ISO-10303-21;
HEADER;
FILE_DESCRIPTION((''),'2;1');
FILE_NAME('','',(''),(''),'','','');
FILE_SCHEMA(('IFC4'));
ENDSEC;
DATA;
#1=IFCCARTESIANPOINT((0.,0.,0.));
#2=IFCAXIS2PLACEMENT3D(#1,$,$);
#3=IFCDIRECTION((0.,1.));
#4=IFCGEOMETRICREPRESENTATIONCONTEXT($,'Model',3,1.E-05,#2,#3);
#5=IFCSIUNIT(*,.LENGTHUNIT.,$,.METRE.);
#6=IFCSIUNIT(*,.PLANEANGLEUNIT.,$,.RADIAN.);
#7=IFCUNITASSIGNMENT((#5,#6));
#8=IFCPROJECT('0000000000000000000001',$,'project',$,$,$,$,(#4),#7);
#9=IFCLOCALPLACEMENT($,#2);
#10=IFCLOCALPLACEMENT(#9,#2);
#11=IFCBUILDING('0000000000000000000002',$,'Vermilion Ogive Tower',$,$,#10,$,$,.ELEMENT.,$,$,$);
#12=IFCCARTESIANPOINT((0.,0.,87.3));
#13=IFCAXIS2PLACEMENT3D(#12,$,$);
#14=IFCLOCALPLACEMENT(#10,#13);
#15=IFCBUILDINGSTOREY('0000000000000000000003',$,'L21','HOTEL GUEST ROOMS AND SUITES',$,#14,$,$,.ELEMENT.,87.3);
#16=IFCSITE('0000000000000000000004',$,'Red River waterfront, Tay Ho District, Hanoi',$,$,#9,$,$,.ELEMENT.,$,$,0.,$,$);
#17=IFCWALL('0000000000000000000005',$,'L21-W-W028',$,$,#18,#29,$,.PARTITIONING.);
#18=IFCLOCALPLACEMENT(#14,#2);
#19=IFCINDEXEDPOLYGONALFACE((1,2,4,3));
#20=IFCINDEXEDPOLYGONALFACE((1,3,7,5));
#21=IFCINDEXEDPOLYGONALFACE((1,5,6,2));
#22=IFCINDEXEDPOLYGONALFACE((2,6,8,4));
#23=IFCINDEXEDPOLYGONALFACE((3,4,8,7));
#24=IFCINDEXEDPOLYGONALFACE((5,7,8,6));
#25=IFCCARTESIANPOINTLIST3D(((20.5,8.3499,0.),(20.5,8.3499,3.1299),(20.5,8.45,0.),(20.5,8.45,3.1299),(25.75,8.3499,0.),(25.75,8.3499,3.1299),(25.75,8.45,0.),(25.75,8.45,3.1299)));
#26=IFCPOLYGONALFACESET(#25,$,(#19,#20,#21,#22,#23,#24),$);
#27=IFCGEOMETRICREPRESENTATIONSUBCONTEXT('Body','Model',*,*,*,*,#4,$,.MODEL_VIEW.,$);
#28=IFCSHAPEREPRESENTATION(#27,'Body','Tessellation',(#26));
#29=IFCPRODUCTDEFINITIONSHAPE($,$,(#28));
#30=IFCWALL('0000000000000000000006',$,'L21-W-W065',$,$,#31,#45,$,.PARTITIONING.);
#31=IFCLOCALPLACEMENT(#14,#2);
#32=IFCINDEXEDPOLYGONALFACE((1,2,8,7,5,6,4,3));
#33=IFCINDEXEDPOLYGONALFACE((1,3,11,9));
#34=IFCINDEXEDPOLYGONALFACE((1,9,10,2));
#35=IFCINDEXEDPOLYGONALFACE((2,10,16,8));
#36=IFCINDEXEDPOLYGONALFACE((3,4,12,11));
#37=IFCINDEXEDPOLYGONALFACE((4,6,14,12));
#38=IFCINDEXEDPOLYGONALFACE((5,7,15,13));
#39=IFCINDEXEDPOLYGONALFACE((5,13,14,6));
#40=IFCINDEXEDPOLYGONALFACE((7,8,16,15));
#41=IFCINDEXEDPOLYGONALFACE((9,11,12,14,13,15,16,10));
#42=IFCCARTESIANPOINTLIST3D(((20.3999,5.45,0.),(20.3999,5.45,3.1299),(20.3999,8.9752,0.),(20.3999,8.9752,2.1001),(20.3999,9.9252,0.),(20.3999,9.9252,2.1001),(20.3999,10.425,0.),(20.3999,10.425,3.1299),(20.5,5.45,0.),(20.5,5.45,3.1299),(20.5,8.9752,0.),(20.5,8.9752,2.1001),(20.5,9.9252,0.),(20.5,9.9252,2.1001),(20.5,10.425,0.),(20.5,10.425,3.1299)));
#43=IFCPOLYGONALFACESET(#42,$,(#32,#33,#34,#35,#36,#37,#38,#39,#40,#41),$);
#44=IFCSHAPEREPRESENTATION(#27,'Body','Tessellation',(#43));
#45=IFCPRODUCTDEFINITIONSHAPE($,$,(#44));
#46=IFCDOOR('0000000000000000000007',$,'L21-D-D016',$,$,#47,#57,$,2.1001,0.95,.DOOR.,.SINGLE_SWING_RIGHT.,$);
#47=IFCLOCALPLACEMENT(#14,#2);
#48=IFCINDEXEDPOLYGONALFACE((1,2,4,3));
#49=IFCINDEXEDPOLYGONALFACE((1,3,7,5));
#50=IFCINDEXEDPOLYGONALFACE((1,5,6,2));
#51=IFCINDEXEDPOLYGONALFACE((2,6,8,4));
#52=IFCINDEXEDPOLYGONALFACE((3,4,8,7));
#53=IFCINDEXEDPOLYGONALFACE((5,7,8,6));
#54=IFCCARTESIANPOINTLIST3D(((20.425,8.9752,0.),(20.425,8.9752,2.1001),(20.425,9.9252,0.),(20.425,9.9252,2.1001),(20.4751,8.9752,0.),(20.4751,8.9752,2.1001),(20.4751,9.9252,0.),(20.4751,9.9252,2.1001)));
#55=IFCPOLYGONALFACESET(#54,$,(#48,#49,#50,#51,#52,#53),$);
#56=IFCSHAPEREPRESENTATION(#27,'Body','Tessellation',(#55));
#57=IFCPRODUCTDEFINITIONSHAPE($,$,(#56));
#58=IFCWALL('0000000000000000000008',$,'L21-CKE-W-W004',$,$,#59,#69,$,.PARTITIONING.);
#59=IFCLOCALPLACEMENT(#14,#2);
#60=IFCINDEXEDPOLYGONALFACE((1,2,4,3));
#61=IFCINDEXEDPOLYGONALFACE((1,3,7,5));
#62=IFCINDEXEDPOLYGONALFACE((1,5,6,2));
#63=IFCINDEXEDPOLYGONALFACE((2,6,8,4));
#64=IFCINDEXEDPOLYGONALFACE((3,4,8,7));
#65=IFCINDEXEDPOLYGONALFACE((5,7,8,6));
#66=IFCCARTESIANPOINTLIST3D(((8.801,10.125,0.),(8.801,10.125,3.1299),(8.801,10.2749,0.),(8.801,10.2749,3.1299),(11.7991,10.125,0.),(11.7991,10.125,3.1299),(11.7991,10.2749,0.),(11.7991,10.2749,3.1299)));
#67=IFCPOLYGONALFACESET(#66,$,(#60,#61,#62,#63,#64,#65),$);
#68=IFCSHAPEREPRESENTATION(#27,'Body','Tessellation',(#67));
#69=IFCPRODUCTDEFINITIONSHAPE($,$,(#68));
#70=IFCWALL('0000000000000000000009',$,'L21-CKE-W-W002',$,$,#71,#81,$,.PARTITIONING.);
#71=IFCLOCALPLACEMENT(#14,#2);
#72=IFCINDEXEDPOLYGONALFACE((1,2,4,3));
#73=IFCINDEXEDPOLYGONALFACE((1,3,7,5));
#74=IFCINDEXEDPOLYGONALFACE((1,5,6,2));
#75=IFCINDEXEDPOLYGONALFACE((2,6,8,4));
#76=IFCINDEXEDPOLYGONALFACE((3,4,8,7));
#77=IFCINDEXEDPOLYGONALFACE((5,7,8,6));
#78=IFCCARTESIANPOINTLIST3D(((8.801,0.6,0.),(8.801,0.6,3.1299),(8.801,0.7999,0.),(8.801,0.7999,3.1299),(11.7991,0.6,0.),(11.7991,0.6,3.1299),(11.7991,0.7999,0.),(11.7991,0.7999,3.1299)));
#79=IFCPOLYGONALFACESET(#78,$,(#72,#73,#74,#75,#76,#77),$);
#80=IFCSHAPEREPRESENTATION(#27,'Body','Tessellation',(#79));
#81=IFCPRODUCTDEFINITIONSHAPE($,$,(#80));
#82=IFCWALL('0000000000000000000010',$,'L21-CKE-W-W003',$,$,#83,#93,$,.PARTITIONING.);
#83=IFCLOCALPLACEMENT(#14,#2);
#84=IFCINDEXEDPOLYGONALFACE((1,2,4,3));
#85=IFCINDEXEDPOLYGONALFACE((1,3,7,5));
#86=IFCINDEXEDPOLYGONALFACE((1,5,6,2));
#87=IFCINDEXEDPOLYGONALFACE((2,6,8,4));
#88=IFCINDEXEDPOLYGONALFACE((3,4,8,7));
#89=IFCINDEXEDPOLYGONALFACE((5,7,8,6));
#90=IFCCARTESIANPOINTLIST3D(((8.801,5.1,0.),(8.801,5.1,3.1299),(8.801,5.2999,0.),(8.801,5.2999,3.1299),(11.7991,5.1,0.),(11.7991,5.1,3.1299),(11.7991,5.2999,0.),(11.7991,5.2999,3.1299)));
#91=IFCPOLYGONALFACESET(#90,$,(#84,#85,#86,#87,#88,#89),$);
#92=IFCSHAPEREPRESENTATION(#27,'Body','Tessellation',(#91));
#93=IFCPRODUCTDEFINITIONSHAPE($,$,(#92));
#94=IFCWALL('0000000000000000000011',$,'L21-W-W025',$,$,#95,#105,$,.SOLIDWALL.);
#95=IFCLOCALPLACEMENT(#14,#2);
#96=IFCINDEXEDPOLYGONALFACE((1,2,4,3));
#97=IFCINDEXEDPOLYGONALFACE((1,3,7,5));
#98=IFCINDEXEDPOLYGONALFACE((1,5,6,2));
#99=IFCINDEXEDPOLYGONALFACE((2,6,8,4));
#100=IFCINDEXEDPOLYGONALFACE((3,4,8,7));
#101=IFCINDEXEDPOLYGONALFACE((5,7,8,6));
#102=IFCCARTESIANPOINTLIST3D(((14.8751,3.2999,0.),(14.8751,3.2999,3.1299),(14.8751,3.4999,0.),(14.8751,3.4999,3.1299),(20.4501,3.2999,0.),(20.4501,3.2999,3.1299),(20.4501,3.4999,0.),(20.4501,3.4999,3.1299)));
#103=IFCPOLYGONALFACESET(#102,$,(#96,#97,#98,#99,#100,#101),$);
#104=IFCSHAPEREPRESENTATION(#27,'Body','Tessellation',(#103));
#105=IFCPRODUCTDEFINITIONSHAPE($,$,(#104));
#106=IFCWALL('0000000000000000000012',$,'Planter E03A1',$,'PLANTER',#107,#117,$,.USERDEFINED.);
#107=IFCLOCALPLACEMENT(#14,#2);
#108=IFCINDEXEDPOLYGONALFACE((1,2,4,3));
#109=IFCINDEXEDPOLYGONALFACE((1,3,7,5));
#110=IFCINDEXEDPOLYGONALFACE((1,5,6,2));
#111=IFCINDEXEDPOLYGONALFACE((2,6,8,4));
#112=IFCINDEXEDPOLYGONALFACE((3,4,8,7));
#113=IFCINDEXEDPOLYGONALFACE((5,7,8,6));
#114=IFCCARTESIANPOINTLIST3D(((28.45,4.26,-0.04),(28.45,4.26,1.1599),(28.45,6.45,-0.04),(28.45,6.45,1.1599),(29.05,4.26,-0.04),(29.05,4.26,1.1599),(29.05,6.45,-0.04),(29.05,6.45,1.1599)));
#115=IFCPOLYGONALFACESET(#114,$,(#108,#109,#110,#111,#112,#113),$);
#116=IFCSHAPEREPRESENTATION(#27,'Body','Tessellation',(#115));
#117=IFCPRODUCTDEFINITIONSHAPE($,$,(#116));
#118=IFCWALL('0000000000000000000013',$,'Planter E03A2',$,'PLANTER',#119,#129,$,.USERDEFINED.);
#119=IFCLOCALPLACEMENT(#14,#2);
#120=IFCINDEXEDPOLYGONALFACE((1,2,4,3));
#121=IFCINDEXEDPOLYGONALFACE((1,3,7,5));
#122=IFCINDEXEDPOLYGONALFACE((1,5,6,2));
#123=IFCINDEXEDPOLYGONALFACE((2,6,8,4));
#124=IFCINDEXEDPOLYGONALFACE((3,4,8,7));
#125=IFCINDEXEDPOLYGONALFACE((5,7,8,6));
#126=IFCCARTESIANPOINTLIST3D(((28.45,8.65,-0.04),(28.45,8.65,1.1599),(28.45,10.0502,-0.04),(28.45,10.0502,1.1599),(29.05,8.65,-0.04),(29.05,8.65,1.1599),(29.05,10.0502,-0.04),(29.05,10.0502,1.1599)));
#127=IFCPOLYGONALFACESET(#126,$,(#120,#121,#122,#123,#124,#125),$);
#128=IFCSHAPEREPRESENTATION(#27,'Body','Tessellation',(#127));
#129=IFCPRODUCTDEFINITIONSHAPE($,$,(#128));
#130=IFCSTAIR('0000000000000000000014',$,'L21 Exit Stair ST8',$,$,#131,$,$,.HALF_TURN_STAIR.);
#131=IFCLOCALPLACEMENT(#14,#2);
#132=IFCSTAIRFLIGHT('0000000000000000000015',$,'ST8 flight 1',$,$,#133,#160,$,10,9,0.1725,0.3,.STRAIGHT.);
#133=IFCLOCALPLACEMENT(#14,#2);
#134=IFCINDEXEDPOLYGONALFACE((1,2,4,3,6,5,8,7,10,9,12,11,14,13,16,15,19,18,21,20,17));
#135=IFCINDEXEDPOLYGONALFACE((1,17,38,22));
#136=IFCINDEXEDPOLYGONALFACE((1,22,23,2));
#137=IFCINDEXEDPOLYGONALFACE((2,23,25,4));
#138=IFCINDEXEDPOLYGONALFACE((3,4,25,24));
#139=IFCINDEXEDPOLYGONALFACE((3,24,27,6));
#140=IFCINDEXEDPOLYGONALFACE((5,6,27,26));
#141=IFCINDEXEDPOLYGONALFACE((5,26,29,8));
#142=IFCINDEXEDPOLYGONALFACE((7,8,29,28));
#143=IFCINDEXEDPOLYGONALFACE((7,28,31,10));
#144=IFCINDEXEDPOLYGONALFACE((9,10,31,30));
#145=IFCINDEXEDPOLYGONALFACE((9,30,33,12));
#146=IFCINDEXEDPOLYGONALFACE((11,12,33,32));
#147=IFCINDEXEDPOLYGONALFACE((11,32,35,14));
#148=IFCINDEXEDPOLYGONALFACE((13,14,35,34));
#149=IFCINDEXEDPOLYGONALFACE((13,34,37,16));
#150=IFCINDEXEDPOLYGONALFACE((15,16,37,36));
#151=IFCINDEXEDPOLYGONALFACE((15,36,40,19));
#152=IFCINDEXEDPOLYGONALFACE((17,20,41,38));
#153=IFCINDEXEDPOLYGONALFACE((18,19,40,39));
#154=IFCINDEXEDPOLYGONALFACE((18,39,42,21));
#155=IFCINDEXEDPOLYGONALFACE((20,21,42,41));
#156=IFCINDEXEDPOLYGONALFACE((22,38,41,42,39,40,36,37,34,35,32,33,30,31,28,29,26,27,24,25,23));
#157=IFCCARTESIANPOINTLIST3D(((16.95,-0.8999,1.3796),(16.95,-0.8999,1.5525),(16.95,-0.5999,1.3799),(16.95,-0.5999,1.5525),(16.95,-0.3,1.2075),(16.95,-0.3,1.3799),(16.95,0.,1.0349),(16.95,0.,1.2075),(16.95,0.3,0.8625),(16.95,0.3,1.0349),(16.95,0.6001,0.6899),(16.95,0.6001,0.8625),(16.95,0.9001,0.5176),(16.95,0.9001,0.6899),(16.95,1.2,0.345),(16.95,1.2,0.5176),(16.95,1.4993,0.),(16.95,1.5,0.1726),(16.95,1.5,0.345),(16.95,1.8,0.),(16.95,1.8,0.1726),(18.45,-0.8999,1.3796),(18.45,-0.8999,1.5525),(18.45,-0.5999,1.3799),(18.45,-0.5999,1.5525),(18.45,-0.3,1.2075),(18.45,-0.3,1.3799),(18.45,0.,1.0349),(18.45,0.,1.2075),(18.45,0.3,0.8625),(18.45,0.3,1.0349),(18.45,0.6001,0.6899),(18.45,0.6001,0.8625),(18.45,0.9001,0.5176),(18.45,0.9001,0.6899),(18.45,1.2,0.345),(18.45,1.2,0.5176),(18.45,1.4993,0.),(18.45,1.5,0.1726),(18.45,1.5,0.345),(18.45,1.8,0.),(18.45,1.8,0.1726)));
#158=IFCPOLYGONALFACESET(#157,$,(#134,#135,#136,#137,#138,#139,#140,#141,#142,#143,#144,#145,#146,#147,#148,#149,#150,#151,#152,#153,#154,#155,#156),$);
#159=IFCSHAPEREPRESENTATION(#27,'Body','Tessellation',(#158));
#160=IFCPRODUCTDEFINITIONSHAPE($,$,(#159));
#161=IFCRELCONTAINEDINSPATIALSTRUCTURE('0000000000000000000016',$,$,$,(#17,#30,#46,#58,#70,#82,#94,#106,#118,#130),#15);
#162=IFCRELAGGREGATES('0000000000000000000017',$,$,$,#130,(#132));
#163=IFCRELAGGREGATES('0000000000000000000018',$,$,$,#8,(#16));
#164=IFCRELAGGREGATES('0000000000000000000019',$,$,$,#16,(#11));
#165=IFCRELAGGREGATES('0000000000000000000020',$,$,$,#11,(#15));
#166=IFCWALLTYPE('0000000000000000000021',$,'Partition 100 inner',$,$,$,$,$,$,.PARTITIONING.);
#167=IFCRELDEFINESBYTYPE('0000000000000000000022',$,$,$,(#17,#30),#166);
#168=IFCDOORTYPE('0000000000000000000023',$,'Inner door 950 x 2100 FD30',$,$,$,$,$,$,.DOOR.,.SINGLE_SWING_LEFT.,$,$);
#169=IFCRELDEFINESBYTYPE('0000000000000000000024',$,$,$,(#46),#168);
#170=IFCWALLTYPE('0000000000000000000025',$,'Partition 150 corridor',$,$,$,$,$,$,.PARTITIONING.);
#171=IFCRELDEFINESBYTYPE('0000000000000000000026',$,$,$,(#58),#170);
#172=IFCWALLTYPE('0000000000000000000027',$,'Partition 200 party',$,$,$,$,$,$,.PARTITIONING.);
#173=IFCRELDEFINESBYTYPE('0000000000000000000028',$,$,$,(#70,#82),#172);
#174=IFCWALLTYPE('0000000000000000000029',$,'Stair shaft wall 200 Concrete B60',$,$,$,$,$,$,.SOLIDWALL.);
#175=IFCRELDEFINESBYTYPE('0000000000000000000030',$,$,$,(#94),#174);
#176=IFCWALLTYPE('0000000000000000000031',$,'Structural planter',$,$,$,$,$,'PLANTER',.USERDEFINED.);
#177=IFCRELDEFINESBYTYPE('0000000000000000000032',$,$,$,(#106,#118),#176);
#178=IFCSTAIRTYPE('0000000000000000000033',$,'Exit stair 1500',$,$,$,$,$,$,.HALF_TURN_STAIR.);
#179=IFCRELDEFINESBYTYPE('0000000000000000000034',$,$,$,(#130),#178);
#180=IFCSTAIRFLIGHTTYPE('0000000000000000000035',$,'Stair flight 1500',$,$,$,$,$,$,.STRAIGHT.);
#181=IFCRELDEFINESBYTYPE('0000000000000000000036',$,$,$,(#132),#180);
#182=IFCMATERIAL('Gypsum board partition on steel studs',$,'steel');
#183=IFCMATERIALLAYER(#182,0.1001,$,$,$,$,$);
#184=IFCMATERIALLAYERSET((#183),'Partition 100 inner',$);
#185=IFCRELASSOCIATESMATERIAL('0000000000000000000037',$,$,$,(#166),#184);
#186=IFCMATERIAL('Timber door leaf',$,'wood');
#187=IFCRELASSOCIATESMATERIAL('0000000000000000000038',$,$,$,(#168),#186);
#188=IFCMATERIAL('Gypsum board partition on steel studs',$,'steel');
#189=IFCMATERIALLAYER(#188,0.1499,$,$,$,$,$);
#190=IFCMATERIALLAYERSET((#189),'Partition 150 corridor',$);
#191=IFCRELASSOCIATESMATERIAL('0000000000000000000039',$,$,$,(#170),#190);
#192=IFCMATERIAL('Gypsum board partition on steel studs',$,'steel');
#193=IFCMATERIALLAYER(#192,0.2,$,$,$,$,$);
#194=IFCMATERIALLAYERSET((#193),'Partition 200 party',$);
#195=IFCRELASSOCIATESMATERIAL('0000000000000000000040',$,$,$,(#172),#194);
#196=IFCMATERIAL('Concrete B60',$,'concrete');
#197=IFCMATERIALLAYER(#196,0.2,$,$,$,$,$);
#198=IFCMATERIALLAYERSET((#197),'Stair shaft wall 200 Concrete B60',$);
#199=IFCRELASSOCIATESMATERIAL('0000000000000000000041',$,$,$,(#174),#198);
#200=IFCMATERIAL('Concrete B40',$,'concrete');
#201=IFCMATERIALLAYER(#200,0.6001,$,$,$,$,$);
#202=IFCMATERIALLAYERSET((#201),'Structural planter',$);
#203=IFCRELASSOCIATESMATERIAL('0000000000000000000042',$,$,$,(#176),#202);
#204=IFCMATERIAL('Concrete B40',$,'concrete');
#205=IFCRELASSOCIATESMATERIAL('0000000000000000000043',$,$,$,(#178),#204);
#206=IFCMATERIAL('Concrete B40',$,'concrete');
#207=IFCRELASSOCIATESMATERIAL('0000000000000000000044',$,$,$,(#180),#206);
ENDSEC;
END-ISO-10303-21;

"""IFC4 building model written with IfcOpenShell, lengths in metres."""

from ifc_helpers import new_model, si_unit, direction, frame, frame_2d, origin, place, context, subcontext, project, spatial, polyline, rectangle, outline, extrude, material, layer, layer_set, type_object, element, fill, aggregate, save


model = new_model("IFC4")

# Units and contexts
model_context = context("Model", 3, precision=1e-05, world=origin(), true_north=direction((0.0, 1.0)))
body_context = subcontext(model_context, "Body", "Model", "MODEL_VIEW")
ifc_project = project(units=[si_unit("LENGTHUNIT", "METRE"), si_unit("PLANEANGLEUNIT", "RADIAN")], contexts=[model_context])

# Site, building, storey
site_placement = place(None, origin())
site = spatial("IfcSite", under=ifc_project, at=site_placement, Name="Red River waterfront, Tay Ho District, Hanoi", CompositionType="ELEMENT", RefElevation=0.0)
building_placement = place(site_placement, origin())
building = spatial("IfcBuilding", under=site, at=building_placement, Name="Vermilion Ogive Tower", CompositionType="ELEMENT")
storey_placement = place(building_placement, frame((0.0, 0.0, 87.3)))
storey = spatial("IfcBuildingStorey", under=building, at=storey_placement, Name="L21", Description="HOTEL GUEST ROOMS AND SUITES", CompositionType="ELEMENT", Elevation=87.3)

# Shared definitions
ifc_material_1 = material(Name="Gypsum board partition on steel studs", Category="steel")
ifc_layer_1 = layer(ifc_material_1, 0.1001)
ifc_layer_set_1 = layer_set([ifc_layer_1], Name="Partition 100 inner")
wall_type_1 = type_object("IfcWallType", Name="Partition 100 inner", PredefinedType="PARTITIONING", material=ifc_layer_set_1)
ifc_material_2 = material(Name="Timber door leaf", Category="wood")
door_type_1 = type_object("IfcDoorType", Name="Inner door 950 x 2100 FD30", OperationType="SINGLE_SWING_LEFT", PredefinedType="DOOR", material=ifc_material_2)

# Wall
wall_1_placement = place(storey_placement, frame((20.5, 8.3999, 0.0), z_axis=(0.0, 0.0, 1.0), x_axis=(1.0, 0.0, 0.0)))
element("IfcWall", 1, at=wall_1_placement, inside=storey, type_object=wall_type_1, Name="L21-W-W028", PredefinedType="PARTITIONING", context=body_context, shape_type="SweptSolid", body=[
    extrude(rectangle(XDim=5.25, YDim=0.1001, at=frame_2d((2.625, 0.0))), origin(), (0.0, 0.0, 1.0), 3.1299),
])

# Wall, opening, door
wall_2_placement = place(storey_placement, frame((20.45, 5.45, 0.0), z_axis=(0.0, 0.0, 1.0), x_axis=(0.0, 1.0, 0.0)))
wall_2 = element("IfcWall", 2, at=wall_2_placement, inside=storey, type_object=wall_type_1, Name="L21-W-W065", PredefinedType="PARTITIONING", context=body_context, shape_type="SweptSolid", body=[
    extrude(rectangle(XDim=4.9751, YDim=0.1001, at=frame_2d((2.4875, 0.0))), origin(), (0.0, 0.0, 1.0), 3.1299),
])
opening_1_placement = place(wall_2_placement, frame((3.5251, 0.0, 0.0)))
opening_1 = element("IfcOpeningElement", 3, at=opening_1_placement, cuts=wall_2, PredefinedType="OPENING", context=body_context, shape_type="SweptSolid", body=[
    extrude(rectangle(XDim=0.95, YDim=2.1001, at=frame_2d((0.4751, 1.05))), frame((0.0, 0.0601, 0.0), z_axis=(0.0, -1.0, 0.0), x_axis=(1.0, 0.0, 0.0)), (0.0, 0.0, 1.0), 0.1201),
])
door_1_placement = place(opening_1_placement, origin())
door_1 = element("IfcDoor", 4, at=door_1_placement, inside=storey, type_object=door_type_1, Name="L21-D-D016", OperationType="SINGLE_SWING_RIGHT", OverallHeight=2.1001, OverallWidth=0.95, PredefinedType="DOOR", context=body_context, shape_type="SweptSolid", body=[
    extrude(rectangle(XDim=0.95, YDim=2.1001, at=frame_2d((0.4751, 1.05))), frame((0.0, 0.0249, 0.0), z_axis=(0.0, -1.0, 0.0), x_axis=(1.0, 0.0, 0.0)), (0.0, 0.0, 1.0), 0.05),
])
fill(opening_1, door_1)

# Walls
ifc_material_3 = material(Name="Gypsum board partition on steel studs", Category="steel")
ifc_layer_2 = layer(ifc_material_3, 0.1499)
ifc_layer_set_2 = layer_set([ifc_layer_2], Name="Partition 150 corridor")
wall_type_2 = type_object("IfcWallType", Name="Partition 150 corridor", PredefinedType="PARTITIONING", material=ifc_layer_set_2)
wall_3_placement = place(storey_placement, frame((8.801, 10.2, 0.0), z_axis=(0.0, 0.0, 1.0), x_axis=(1.0, 0.0, 0.0)))
element("IfcWall", 5, at=wall_3_placement, inside=storey, type_object=wall_type_2, Name="L21-CKE-W-W004", PredefinedType="PARTITIONING", context=body_context, shape_type="SweptSolid", body=[
    extrude(rectangle(XDim=2.998, YDim=0.1499, at=frame_2d((1.499, 0.0))), origin(), (0.0, 0.0, 1.0), 3.1299),
])
ifc_material_4 = material(Name="Gypsum board partition on steel studs", Category="steel")
ifc_layer_3 = layer(ifc_material_4, 0.2)
ifc_layer_set_3 = layer_set([ifc_layer_3], Name="Partition 200 party")
wall_type_3 = type_object("IfcWallType", Name="Partition 200 party", PredefinedType="PARTITIONING", material=ifc_layer_set_3)
for number, where, z_axis, x_axis, name in (
    (6, (8.801, 0.7, 0.0), (0.0, 0.0, 1.0), (1.0, 0.0, 0.0), "L21-CKE-W-W002"),
    (7, (8.801, 5.2, 0.0), (0.0, 0.0, 1.0), (1.0, 0.0, 0.0), "L21-CKE-W-W003"),
):
    element("IfcWall", number, at=place(storey_placement, frame(where, z_axis=z_axis, x_axis=x_axis)), inside=storey, type_object=wall_type_3, Name=name, PredefinedType="PARTITIONING", context=body_context, shape_type="SweptSolid", body=[
        extrude(rectangle(XDim=2.998, YDim=0.2, at=frame_2d((1.499, 0.0))), origin(), (0.0, 0.0, 1.0), 3.1299),
    ])
ifc_material_5 = material(Name="Concrete B60", Category="concrete")
ifc_layer_4 = layer(ifc_material_5, 0.2)
ifc_layer_set_4 = layer_set([ifc_layer_4], Name="Stair shaft wall 200 Concrete B60")
wall_type_4 = type_object("IfcWallType", Name="Stair shaft wall 200 Concrete B60", PredefinedType="SOLIDWALL", material=ifc_layer_set_4)
wall_4_placement = place(storey_placement, frame((14.875, 3.3999, 0.0), z_axis=(0.0, 0.0, 1.0), x_axis=(1.0, 0.0, 0.0)))
element("IfcWall", 8, at=wall_4_placement, inside=storey, type_object=wall_type_4, Name="L21-W-W025", PredefinedType="SOLIDWALL", context=body_context, shape_type="SweptSolid", body=[
    extrude(rectangle(XDim=5.575, YDim=0.2, at=frame_2d((2.7876, 0.0))), origin(), (0.0, 0.0, 1.0), 3.1299),
])
ifc_material_6 = material(Name="Concrete B40", Category="concrete")
ifc_layer_5 = layer(ifc_material_6, 0.6001)
ifc_layer_set_5 = layer_set([ifc_layer_5], Name="Structural planter")
wall_type_5 = type_object("IfcWallType", Name="Structural planter", ElementType="PLANTER", PredefinedType="USERDEFINED", material=ifc_layer_set_5)
wall_5_placement = place(storey_placement, frame((28.75, 4.26, -0.04), z_axis=(0.0, 0.0, 1.0), x_axis=(0.0, 1.0, 0.0)))
element("IfcWall", 9, at=wall_5_placement, inside=storey, type_object=wall_type_5, Name="Planter E03A1", ObjectType="PLANTER", PredefinedType="USERDEFINED", context=body_context, shape_type="SweptSolid", body=[
    extrude(rectangle(XDim=2.1899, YDim=0.6001, at=frame_2d((1.095, 0.0))), origin(), (0.0, 0.0, 1.0), 1.2),
])
wall_6_placement = place(storey_placement, frame((28.75, 8.6499, -0.04), z_axis=(0.0, 0.0, 1.0), x_axis=(0.0, 1.0, 0.0)))
element("IfcWall", 10, at=wall_6_placement, inside=storey, type_object=wall_type_5, Name="Planter E03A2", ObjectType="PLANTER", PredefinedType="USERDEFINED", context=body_context, shape_type="SweptSolid", body=[
    extrude(rectangle(XDim=1.4001, YDim=0.6001, at=frame_2d((0.7002, 0.0))), origin(), (0.0, 0.0, 1.0), 1.2),
])

# Stair, stair flight
ifc_material_7 = material(Name="Concrete B40", Category="concrete")
stair_type = type_object("IfcStairType", Name="Exit stair 1500", PredefinedType="HALF_TURN_STAIR", material=ifc_material_7)
stair_placement = place(storey_placement, origin())
stair = element("IfcStair", 11, at=stair_placement, inside=storey, type_object=stair_type, Name="L21 Exit Stair ST8", PredefinedType="HALF_TURN_STAIR")
ifc_material_8 = material(Name="Concrete B40", Category="concrete")
stair_flight_type = type_object("IfcStairFlightType", Name="Stair flight 1500", PredefinedType="STRAIGHT", material=ifc_material_8)
stair_flight_placement = place(storey_placement, frame((17.7, 1.8, 0.0), z_axis=(0.0, 0.0, 1.0), x_axis=(0.0, -1.0, 0.0)))
stair_flight = element("IfcStairFlight", 12, at=stair_flight_placement, type_object=stair_flight_type, Name="ST8 flight 1", NumberOfRisers=10, NumberOfTreads=9, PredefinedType="STRAIGHT", RiserHeight=0.1725, TreadLength=0.3, context=body_context, shape_type="SweptSolid", body=[
    extrude(outline(polyline([(0.0, 0.0), (0.0, 0.1726), (0.3, 0.1726), (0.3, 0.345), (0.6001, 0.345), (0.6001, 0.5176), (0.8999, 0.5176), (0.8999, 0.6899), (1.2, 0.6899), (1.2, 0.8625), (1.5, 0.8625), (1.5, 1.0349), (1.8, 1.0349), (1.8, 1.2075), (2.1001, 1.2075), (2.1001, 1.3799), (2.3999, 1.3799), (2.3999, 1.5525), (2.7, 1.5525), (2.7, 1.7251), (2.7, 1.3796), (0.3008, 0.0), (0.0, 0.0)])), frame((0.0, 0.75, 0.0), z_axis=(0.0, -1.0, 0.0), x_axis=(1.0, 0.0, 0.0)), (0.0, 0.0, 1.0), 1.5),
])
aggregate(stair, [stair_flight])

save(model, "model.ifc")
